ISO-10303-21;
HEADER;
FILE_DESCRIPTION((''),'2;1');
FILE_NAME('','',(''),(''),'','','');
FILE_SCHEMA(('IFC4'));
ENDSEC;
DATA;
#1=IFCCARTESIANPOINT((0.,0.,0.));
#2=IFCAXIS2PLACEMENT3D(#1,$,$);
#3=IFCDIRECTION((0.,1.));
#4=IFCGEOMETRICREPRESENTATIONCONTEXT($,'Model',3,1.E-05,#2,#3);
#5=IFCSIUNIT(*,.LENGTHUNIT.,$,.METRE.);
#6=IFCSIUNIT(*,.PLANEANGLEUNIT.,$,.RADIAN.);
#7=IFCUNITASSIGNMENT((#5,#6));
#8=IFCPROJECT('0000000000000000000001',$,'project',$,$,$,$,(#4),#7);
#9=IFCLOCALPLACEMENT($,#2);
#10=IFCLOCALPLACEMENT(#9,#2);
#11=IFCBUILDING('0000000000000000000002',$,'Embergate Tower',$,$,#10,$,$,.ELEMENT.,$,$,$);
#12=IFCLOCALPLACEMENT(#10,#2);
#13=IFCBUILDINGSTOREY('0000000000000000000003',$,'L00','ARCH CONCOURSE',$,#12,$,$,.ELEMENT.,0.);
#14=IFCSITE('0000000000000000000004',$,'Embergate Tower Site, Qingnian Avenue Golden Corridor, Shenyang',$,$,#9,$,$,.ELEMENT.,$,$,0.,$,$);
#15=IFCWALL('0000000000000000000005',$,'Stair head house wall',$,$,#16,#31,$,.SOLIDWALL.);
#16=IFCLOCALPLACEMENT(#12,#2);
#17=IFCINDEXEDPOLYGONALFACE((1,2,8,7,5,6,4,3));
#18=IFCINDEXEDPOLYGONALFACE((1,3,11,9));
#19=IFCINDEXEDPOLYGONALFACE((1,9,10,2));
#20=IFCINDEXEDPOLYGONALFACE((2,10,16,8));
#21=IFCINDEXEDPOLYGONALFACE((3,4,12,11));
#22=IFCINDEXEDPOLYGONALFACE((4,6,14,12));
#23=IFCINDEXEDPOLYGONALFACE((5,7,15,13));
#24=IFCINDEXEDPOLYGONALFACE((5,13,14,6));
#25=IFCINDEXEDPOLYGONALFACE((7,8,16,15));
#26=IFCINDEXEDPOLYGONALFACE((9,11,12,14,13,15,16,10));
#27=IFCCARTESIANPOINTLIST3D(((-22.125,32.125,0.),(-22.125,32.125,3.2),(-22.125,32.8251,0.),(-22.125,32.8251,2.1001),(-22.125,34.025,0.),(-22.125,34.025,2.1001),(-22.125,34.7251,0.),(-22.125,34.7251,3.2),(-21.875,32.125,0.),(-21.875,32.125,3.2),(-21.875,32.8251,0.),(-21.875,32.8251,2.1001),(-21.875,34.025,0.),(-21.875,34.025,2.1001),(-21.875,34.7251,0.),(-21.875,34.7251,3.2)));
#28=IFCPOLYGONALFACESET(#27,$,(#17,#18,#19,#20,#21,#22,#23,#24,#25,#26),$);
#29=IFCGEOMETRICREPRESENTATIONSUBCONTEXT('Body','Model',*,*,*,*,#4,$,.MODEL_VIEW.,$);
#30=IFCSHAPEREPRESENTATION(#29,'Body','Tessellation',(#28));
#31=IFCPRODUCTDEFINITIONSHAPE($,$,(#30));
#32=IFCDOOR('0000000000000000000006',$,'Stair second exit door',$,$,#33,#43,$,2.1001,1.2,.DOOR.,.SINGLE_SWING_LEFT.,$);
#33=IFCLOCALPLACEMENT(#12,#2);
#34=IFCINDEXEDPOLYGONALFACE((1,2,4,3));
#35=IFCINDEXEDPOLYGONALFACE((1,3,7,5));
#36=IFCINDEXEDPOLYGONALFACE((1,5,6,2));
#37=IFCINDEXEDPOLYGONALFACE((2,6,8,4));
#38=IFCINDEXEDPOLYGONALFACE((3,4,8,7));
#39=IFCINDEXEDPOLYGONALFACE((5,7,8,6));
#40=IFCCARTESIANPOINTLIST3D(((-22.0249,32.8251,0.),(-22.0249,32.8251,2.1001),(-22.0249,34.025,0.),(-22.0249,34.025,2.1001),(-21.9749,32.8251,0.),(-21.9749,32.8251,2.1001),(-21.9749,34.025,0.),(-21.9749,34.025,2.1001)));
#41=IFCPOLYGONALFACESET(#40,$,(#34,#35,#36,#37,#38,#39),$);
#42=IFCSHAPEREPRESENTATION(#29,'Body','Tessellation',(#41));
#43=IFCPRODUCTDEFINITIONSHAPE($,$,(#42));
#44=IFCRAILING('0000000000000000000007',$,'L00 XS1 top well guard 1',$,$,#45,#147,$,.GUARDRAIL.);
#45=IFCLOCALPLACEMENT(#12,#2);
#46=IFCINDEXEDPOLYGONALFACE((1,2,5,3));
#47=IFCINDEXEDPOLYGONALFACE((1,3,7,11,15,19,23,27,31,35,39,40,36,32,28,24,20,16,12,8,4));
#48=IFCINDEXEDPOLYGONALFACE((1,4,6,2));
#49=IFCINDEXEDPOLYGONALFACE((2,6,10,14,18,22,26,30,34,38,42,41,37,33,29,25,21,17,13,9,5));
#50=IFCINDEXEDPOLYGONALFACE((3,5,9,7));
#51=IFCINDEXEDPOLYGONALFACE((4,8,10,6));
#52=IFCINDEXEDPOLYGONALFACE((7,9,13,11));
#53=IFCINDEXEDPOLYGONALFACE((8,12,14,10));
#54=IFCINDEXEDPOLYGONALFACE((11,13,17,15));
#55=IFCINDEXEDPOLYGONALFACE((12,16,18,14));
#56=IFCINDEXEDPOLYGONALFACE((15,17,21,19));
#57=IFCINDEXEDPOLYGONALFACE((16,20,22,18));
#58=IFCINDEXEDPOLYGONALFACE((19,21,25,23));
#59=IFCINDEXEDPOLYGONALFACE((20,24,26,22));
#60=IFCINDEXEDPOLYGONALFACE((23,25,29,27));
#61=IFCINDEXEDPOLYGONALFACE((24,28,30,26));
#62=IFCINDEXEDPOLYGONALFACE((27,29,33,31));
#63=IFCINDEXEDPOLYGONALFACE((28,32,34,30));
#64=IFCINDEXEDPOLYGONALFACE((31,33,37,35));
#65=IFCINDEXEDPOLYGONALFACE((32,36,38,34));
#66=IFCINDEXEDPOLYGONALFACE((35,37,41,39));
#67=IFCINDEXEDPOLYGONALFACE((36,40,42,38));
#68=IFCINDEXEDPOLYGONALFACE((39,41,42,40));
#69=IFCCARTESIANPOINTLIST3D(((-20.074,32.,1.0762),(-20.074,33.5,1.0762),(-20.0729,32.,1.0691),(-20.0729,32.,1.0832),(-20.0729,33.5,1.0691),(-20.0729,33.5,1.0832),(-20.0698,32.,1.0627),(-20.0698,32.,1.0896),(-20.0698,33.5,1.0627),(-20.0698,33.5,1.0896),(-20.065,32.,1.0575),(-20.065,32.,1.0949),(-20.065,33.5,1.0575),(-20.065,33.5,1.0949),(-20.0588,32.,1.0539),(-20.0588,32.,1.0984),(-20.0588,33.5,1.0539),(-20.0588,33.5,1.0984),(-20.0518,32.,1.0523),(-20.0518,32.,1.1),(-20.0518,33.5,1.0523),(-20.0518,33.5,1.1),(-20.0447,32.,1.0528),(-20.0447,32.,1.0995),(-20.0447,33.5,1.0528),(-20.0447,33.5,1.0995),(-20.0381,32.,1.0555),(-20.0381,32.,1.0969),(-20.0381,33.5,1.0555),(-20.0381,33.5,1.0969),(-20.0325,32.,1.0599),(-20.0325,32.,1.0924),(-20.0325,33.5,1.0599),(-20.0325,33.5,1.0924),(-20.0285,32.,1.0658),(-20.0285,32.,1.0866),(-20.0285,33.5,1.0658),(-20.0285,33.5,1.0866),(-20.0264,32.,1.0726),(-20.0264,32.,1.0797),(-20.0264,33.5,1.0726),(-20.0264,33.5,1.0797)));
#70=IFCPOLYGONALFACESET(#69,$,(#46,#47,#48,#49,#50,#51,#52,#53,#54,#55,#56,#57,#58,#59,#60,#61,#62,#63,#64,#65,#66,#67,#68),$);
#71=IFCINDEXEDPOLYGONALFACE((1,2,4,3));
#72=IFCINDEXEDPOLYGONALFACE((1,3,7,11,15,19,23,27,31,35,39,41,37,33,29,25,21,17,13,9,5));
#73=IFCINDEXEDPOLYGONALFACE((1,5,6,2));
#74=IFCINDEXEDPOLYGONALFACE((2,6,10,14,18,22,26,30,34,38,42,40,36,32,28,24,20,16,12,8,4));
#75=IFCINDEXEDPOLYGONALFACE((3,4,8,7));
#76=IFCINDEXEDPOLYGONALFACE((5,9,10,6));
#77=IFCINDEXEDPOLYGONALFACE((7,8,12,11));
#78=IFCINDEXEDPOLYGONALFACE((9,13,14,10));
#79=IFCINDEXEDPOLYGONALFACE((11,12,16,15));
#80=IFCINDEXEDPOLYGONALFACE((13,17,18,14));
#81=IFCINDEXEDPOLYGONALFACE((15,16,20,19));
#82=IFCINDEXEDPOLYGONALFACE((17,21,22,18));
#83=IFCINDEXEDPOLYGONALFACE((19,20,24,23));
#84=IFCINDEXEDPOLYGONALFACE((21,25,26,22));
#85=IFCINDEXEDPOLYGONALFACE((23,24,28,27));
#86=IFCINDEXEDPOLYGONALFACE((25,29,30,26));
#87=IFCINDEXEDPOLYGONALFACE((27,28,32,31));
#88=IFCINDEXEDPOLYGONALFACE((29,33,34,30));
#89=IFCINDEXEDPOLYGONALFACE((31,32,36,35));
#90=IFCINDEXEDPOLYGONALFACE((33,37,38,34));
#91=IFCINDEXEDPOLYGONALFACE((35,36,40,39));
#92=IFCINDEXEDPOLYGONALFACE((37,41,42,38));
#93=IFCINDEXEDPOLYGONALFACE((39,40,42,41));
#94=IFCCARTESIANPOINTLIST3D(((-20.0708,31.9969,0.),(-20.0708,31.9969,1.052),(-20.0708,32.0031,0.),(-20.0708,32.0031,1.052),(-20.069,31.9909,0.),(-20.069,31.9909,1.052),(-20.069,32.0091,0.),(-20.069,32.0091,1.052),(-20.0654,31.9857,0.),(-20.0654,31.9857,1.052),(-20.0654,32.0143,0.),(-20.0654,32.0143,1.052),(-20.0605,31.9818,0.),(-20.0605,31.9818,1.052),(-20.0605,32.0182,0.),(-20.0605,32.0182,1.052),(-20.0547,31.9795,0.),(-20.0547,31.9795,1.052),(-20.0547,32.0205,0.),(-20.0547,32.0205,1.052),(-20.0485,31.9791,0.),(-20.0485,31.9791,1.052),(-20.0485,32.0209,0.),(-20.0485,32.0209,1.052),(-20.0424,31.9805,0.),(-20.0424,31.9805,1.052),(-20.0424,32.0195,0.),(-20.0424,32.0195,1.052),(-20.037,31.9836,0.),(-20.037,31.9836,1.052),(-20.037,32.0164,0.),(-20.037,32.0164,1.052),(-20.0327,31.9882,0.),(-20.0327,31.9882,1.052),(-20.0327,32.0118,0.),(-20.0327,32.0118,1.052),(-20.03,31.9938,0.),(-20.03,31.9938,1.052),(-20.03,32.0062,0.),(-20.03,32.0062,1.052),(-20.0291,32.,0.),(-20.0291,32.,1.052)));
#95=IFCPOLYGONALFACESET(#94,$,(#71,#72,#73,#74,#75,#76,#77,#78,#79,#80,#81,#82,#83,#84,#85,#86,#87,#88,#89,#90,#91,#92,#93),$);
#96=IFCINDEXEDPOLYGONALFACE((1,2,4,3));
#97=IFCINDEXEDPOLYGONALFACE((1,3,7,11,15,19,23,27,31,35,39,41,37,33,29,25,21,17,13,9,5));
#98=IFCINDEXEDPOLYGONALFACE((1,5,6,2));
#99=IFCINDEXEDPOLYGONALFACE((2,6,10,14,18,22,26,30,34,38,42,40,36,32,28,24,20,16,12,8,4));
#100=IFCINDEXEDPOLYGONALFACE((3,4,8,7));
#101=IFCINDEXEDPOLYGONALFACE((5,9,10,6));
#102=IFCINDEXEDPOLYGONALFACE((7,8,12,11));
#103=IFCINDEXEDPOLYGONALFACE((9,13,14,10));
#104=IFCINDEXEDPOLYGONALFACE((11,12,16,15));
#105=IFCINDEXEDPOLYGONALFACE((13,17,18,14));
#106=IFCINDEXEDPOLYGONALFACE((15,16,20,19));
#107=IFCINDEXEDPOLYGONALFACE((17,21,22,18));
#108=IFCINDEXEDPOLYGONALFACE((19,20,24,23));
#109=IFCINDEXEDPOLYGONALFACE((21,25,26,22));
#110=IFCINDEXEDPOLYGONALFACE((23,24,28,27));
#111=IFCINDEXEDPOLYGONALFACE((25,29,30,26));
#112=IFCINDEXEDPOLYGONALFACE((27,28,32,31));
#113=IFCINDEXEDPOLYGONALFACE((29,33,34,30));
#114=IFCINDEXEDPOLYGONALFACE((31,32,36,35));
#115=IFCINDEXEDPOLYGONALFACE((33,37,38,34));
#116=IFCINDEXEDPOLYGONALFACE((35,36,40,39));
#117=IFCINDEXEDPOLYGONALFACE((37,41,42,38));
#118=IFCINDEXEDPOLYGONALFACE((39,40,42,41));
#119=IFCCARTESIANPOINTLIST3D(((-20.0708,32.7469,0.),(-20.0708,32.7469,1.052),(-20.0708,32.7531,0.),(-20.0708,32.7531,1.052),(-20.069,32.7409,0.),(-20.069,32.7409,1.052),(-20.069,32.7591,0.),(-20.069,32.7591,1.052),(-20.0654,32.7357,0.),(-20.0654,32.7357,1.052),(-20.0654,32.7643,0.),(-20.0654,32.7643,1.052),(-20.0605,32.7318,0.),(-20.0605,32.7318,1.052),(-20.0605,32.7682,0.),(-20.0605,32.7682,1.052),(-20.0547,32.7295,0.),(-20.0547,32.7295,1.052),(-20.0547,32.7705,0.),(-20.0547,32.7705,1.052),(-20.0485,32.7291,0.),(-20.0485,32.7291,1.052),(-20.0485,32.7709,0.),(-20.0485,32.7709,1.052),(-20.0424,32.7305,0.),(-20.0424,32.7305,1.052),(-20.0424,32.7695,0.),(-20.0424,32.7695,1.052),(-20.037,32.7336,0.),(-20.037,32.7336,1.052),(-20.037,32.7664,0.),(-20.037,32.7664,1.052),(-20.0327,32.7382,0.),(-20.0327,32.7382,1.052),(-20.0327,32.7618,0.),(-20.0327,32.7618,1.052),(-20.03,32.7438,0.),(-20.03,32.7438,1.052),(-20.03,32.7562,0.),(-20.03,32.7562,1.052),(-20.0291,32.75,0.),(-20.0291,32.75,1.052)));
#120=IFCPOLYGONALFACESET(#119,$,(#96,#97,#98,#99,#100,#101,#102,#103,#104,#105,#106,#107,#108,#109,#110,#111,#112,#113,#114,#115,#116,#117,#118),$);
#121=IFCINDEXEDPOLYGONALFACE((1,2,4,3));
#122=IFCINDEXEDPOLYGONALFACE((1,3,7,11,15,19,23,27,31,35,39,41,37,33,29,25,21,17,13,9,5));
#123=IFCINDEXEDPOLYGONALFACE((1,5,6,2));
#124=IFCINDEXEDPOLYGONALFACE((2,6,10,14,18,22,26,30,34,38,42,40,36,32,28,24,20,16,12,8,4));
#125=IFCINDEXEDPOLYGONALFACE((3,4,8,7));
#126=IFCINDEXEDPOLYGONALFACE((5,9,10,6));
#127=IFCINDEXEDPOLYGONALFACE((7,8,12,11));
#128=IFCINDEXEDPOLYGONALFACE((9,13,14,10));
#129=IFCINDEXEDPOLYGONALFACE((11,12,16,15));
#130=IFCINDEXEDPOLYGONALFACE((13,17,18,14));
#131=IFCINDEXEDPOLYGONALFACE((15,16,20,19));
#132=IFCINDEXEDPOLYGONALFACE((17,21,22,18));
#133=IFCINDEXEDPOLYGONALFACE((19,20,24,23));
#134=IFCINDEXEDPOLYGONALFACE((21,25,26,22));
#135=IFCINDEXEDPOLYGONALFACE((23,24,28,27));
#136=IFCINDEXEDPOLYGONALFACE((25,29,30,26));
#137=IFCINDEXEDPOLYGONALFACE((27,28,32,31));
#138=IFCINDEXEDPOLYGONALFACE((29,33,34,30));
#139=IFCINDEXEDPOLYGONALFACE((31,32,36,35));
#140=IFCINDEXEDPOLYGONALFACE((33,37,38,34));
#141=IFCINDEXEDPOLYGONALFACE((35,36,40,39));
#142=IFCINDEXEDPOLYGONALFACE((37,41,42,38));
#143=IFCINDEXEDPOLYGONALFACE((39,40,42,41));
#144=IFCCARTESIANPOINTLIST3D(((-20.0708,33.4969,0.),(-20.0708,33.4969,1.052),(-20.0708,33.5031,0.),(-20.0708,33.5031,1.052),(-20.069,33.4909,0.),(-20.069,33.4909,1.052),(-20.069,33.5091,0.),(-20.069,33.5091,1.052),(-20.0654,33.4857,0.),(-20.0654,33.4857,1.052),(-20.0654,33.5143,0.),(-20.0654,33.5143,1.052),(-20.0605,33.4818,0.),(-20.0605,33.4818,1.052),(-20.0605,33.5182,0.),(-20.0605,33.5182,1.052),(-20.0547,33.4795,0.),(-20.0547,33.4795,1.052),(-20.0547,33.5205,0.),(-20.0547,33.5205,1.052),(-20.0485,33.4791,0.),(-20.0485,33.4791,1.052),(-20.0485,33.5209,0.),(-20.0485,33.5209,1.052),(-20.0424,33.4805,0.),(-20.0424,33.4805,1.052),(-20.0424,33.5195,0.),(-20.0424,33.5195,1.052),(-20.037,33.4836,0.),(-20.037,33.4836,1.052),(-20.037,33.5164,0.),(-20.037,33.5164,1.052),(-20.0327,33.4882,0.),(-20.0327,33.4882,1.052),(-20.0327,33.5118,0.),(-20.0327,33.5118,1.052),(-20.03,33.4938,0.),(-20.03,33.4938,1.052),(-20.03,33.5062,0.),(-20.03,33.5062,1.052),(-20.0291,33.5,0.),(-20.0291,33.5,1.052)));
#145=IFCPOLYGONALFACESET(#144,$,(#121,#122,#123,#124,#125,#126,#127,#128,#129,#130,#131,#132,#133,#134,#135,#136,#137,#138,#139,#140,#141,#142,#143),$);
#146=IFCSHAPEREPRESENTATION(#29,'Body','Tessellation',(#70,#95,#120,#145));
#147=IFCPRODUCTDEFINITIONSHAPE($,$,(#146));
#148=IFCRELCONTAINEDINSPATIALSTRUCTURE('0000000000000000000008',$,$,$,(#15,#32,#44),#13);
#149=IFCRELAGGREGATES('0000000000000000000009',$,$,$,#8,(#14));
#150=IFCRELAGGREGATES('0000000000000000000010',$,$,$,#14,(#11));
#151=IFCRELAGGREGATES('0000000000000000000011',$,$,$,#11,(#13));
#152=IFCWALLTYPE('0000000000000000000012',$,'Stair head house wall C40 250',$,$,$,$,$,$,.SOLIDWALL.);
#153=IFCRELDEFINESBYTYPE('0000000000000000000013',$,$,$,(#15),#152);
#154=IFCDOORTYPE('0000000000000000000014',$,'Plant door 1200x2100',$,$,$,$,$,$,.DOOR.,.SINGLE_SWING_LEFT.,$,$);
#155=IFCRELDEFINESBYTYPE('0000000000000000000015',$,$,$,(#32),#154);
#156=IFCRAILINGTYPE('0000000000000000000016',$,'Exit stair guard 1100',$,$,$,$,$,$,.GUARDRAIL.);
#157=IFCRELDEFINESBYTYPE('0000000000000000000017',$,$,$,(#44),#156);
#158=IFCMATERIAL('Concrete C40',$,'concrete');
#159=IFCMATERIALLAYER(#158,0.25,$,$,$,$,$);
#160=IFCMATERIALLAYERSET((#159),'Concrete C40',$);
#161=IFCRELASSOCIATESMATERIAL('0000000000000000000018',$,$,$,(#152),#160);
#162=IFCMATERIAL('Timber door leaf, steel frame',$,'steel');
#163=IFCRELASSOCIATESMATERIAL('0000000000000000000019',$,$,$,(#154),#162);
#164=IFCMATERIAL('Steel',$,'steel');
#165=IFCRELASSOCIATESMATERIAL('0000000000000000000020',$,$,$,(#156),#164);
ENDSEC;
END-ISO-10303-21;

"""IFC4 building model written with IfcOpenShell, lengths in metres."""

from ifc_helpers import new_model, si_unit, direction, frame, frame_2d, origin, origin_2d, place, context, subcontext, project, spatial, rectangle, circle, extrude, source, transform, mapped, material, layer, layer_set, type_object, element, fill, save


model = new_model("IFC4")

# Units and contexts
model_context = context("Model", 3, precision=1e-05, world=origin(), true_north=direction((0.0, 1.0)))
body_context = subcontext(model_context, "Body", "Model", "MODEL_VIEW")
ifc_project = project(units=[si_unit("LENGTHUNIT", "METRE"), si_unit("PLANEANGLEUNIT", "RADIAN")], contexts=[model_context])

# Site, building, storey
site_placement = place(None, origin())
site = spatial("IfcSite", under=ifc_project, at=site_placement, Name="Embergate Tower Site, Qingnian Avenue Golden Corridor, Shenyang", CompositionType="ELEMENT", RefElevation=0.0)
building_placement = place(site_placement, origin())
building = spatial("IfcBuilding", under=site, at=building_placement, Name="Embergate Tower", CompositionType="ELEMENT")
storey_placement = place(building_placement, origin())
storey = spatial("IfcBuildingStorey", under=building, at=storey_placement, Name="L00", Description="ARCH CONCOURSE", CompositionType="ELEMENT", Elevation=0.0)

# Shared definitions
ifc_material_1 = material(Name="Concrete C40", Category="concrete")

# Shared definitions
ifc_layer_1 = layer(ifc_material_1, 0.25)
ifc_layer_set_1 = layer_set([ifc_layer_1], Name="Concrete C40")
wall_type_1 = type_object("IfcWallType", Name="Stair head house wall C40 250", PredefinedType="SOLIDWALL", material=ifc_layer_set_1)

# Shared definitions
shared_shape_1 = source(origin(), body_context, "Body", "SweptSolid", [
    extrude(rectangle(XDim=1.2, YDim=2.1001, at=frame_2d((0.6001, 1.05))), frame((0.0, 0.135, 0.0), z_axis=(0.0, -1.0, 0.0), x_axis=(1.0, 0.0, 0.0)), (0.0, 0.0, 1.0), 0.27),
])
ifc_material_2 = material(Name="Timber door leaf, steel frame", Category="steel")
door_type_1 = type_object("IfcDoorType", Name="Plant door 1200x2100", OperationType="SINGLE_SWING_LEFT", PredefinedType="DOOR", material=ifc_material_2)
shared_shape_2 = source(origin(), body_context, "Body", "SweptSolid", [
    extrude(rectangle(XDim=1.2, YDim=2.1001, at=frame_2d((0.6001, 1.05))), frame((0.0, 0.0249, 0.0), z_axis=(0.0, -1.0, 0.0), x_axis=(1.0, 0.0, 0.0)), (0.0, 0.0, 1.0), 0.05),
])

# Shared definitions
shared_shape_3 = source(origin(), body_context, "Body", "SweptSolid", [
    extrude(rectangle(XDim=2.6001, YDim=0.25, at=frame_2d((1.3, 0.0))), origin(), (0.0, 0.0, 1.0), 3.2),
])

# Wall, opening, door
wall_1_placement = place(storey_placement, frame((-22.0, 32.125, 0.0), z_axis=(0.0, 0.0, 1.0), x_axis=(0.0, 1.0, 0.0)))
wall_1 = element("IfcWall", 1, at=wall_1_placement, inside=storey, type_object=wall_type_1, Name="Stair head house wall", PredefinedType="SOLIDWALL", context=body_context, shape_type="MappedRepresentation", body=[
    mapped(shared_shape_3, transform((0.0, 0.0, 0.0))),
])
opening_1_placement = place(wall_1_placement, frame((0.7, 0.0, 0.0)))
opening_1 = element("IfcOpeningElement", 2, at=opening_1_placement, cuts=wall_1, PredefinedType="OPENING", context=body_context, shape_type="MappedRepresentation", body=[
    mapped(shared_shape_1, transform((0.0, 0.0, 0.0))),
])
door_1_placement = place(opening_1_placement, origin())
door_1 = element("IfcDoor", 3, at=door_1_placement, inside=storey, type_object=door_type_1, Name="Stair second exit door", OperationType="SINGLE_SWING_LEFT", OverallHeight=2.1001, OverallWidth=1.2, PredefinedType="DOOR", context=body_context, shape_type="MappedRepresentation", body=[
    mapped(shared_shape_2, transform((0.0, 0.0, 0.0))),
])
fill(opening_1, door_1)

# Railing
ifc_material_3 = material(Name="Steel", Category="steel")
railing_type = type_object("IfcRailingType", Name="Exit stair guard 1100", PredefinedType="GUARDRAIL", material=ifc_material_3)
shared_shape_4 = source(origin(), body_context, "Body", "SweptSolid", [
    extrude(circle(Radius=0.0239, at=origin_2d()), frame((0.0, 0.0, 1.0762), z_axis=(0.0, 1.0, 0.0), x_axis=(-1.0, 0.0, 0.0)), (0.0, 0.0, 1.0), 1.5),
    extrude(circle(Radius=0.021, at=origin_2d()), origin(), (0.0, 0.0, 1.0), 1.052),
    extrude(circle(Radius=0.021, at=origin_2d()), frame((0.0, 0.75, 0.0)), (0.0, 0.0, 1.0), 1.052),
    extrude(circle(Radius=0.021, at=origin_2d()), frame((0.0, 1.5, 0.0)), (0.0, 0.0, 1.0), 1.052),
])
railing_placement = place(storey_placement, frame((-20.05, 32.0, 0.0)))
element("IfcRailing", 4, at=railing_placement, inside=storey, type_object=railing_type, Name="L00 XS1 top well guard 1", PredefinedType="GUARDRAIL", context=body_context, shape_type="MappedRepresentation", body=[
    mapped(shared_shape_4, transform((0.0, 0.0, 0.0))),
])

save(model, "model.ifc")
